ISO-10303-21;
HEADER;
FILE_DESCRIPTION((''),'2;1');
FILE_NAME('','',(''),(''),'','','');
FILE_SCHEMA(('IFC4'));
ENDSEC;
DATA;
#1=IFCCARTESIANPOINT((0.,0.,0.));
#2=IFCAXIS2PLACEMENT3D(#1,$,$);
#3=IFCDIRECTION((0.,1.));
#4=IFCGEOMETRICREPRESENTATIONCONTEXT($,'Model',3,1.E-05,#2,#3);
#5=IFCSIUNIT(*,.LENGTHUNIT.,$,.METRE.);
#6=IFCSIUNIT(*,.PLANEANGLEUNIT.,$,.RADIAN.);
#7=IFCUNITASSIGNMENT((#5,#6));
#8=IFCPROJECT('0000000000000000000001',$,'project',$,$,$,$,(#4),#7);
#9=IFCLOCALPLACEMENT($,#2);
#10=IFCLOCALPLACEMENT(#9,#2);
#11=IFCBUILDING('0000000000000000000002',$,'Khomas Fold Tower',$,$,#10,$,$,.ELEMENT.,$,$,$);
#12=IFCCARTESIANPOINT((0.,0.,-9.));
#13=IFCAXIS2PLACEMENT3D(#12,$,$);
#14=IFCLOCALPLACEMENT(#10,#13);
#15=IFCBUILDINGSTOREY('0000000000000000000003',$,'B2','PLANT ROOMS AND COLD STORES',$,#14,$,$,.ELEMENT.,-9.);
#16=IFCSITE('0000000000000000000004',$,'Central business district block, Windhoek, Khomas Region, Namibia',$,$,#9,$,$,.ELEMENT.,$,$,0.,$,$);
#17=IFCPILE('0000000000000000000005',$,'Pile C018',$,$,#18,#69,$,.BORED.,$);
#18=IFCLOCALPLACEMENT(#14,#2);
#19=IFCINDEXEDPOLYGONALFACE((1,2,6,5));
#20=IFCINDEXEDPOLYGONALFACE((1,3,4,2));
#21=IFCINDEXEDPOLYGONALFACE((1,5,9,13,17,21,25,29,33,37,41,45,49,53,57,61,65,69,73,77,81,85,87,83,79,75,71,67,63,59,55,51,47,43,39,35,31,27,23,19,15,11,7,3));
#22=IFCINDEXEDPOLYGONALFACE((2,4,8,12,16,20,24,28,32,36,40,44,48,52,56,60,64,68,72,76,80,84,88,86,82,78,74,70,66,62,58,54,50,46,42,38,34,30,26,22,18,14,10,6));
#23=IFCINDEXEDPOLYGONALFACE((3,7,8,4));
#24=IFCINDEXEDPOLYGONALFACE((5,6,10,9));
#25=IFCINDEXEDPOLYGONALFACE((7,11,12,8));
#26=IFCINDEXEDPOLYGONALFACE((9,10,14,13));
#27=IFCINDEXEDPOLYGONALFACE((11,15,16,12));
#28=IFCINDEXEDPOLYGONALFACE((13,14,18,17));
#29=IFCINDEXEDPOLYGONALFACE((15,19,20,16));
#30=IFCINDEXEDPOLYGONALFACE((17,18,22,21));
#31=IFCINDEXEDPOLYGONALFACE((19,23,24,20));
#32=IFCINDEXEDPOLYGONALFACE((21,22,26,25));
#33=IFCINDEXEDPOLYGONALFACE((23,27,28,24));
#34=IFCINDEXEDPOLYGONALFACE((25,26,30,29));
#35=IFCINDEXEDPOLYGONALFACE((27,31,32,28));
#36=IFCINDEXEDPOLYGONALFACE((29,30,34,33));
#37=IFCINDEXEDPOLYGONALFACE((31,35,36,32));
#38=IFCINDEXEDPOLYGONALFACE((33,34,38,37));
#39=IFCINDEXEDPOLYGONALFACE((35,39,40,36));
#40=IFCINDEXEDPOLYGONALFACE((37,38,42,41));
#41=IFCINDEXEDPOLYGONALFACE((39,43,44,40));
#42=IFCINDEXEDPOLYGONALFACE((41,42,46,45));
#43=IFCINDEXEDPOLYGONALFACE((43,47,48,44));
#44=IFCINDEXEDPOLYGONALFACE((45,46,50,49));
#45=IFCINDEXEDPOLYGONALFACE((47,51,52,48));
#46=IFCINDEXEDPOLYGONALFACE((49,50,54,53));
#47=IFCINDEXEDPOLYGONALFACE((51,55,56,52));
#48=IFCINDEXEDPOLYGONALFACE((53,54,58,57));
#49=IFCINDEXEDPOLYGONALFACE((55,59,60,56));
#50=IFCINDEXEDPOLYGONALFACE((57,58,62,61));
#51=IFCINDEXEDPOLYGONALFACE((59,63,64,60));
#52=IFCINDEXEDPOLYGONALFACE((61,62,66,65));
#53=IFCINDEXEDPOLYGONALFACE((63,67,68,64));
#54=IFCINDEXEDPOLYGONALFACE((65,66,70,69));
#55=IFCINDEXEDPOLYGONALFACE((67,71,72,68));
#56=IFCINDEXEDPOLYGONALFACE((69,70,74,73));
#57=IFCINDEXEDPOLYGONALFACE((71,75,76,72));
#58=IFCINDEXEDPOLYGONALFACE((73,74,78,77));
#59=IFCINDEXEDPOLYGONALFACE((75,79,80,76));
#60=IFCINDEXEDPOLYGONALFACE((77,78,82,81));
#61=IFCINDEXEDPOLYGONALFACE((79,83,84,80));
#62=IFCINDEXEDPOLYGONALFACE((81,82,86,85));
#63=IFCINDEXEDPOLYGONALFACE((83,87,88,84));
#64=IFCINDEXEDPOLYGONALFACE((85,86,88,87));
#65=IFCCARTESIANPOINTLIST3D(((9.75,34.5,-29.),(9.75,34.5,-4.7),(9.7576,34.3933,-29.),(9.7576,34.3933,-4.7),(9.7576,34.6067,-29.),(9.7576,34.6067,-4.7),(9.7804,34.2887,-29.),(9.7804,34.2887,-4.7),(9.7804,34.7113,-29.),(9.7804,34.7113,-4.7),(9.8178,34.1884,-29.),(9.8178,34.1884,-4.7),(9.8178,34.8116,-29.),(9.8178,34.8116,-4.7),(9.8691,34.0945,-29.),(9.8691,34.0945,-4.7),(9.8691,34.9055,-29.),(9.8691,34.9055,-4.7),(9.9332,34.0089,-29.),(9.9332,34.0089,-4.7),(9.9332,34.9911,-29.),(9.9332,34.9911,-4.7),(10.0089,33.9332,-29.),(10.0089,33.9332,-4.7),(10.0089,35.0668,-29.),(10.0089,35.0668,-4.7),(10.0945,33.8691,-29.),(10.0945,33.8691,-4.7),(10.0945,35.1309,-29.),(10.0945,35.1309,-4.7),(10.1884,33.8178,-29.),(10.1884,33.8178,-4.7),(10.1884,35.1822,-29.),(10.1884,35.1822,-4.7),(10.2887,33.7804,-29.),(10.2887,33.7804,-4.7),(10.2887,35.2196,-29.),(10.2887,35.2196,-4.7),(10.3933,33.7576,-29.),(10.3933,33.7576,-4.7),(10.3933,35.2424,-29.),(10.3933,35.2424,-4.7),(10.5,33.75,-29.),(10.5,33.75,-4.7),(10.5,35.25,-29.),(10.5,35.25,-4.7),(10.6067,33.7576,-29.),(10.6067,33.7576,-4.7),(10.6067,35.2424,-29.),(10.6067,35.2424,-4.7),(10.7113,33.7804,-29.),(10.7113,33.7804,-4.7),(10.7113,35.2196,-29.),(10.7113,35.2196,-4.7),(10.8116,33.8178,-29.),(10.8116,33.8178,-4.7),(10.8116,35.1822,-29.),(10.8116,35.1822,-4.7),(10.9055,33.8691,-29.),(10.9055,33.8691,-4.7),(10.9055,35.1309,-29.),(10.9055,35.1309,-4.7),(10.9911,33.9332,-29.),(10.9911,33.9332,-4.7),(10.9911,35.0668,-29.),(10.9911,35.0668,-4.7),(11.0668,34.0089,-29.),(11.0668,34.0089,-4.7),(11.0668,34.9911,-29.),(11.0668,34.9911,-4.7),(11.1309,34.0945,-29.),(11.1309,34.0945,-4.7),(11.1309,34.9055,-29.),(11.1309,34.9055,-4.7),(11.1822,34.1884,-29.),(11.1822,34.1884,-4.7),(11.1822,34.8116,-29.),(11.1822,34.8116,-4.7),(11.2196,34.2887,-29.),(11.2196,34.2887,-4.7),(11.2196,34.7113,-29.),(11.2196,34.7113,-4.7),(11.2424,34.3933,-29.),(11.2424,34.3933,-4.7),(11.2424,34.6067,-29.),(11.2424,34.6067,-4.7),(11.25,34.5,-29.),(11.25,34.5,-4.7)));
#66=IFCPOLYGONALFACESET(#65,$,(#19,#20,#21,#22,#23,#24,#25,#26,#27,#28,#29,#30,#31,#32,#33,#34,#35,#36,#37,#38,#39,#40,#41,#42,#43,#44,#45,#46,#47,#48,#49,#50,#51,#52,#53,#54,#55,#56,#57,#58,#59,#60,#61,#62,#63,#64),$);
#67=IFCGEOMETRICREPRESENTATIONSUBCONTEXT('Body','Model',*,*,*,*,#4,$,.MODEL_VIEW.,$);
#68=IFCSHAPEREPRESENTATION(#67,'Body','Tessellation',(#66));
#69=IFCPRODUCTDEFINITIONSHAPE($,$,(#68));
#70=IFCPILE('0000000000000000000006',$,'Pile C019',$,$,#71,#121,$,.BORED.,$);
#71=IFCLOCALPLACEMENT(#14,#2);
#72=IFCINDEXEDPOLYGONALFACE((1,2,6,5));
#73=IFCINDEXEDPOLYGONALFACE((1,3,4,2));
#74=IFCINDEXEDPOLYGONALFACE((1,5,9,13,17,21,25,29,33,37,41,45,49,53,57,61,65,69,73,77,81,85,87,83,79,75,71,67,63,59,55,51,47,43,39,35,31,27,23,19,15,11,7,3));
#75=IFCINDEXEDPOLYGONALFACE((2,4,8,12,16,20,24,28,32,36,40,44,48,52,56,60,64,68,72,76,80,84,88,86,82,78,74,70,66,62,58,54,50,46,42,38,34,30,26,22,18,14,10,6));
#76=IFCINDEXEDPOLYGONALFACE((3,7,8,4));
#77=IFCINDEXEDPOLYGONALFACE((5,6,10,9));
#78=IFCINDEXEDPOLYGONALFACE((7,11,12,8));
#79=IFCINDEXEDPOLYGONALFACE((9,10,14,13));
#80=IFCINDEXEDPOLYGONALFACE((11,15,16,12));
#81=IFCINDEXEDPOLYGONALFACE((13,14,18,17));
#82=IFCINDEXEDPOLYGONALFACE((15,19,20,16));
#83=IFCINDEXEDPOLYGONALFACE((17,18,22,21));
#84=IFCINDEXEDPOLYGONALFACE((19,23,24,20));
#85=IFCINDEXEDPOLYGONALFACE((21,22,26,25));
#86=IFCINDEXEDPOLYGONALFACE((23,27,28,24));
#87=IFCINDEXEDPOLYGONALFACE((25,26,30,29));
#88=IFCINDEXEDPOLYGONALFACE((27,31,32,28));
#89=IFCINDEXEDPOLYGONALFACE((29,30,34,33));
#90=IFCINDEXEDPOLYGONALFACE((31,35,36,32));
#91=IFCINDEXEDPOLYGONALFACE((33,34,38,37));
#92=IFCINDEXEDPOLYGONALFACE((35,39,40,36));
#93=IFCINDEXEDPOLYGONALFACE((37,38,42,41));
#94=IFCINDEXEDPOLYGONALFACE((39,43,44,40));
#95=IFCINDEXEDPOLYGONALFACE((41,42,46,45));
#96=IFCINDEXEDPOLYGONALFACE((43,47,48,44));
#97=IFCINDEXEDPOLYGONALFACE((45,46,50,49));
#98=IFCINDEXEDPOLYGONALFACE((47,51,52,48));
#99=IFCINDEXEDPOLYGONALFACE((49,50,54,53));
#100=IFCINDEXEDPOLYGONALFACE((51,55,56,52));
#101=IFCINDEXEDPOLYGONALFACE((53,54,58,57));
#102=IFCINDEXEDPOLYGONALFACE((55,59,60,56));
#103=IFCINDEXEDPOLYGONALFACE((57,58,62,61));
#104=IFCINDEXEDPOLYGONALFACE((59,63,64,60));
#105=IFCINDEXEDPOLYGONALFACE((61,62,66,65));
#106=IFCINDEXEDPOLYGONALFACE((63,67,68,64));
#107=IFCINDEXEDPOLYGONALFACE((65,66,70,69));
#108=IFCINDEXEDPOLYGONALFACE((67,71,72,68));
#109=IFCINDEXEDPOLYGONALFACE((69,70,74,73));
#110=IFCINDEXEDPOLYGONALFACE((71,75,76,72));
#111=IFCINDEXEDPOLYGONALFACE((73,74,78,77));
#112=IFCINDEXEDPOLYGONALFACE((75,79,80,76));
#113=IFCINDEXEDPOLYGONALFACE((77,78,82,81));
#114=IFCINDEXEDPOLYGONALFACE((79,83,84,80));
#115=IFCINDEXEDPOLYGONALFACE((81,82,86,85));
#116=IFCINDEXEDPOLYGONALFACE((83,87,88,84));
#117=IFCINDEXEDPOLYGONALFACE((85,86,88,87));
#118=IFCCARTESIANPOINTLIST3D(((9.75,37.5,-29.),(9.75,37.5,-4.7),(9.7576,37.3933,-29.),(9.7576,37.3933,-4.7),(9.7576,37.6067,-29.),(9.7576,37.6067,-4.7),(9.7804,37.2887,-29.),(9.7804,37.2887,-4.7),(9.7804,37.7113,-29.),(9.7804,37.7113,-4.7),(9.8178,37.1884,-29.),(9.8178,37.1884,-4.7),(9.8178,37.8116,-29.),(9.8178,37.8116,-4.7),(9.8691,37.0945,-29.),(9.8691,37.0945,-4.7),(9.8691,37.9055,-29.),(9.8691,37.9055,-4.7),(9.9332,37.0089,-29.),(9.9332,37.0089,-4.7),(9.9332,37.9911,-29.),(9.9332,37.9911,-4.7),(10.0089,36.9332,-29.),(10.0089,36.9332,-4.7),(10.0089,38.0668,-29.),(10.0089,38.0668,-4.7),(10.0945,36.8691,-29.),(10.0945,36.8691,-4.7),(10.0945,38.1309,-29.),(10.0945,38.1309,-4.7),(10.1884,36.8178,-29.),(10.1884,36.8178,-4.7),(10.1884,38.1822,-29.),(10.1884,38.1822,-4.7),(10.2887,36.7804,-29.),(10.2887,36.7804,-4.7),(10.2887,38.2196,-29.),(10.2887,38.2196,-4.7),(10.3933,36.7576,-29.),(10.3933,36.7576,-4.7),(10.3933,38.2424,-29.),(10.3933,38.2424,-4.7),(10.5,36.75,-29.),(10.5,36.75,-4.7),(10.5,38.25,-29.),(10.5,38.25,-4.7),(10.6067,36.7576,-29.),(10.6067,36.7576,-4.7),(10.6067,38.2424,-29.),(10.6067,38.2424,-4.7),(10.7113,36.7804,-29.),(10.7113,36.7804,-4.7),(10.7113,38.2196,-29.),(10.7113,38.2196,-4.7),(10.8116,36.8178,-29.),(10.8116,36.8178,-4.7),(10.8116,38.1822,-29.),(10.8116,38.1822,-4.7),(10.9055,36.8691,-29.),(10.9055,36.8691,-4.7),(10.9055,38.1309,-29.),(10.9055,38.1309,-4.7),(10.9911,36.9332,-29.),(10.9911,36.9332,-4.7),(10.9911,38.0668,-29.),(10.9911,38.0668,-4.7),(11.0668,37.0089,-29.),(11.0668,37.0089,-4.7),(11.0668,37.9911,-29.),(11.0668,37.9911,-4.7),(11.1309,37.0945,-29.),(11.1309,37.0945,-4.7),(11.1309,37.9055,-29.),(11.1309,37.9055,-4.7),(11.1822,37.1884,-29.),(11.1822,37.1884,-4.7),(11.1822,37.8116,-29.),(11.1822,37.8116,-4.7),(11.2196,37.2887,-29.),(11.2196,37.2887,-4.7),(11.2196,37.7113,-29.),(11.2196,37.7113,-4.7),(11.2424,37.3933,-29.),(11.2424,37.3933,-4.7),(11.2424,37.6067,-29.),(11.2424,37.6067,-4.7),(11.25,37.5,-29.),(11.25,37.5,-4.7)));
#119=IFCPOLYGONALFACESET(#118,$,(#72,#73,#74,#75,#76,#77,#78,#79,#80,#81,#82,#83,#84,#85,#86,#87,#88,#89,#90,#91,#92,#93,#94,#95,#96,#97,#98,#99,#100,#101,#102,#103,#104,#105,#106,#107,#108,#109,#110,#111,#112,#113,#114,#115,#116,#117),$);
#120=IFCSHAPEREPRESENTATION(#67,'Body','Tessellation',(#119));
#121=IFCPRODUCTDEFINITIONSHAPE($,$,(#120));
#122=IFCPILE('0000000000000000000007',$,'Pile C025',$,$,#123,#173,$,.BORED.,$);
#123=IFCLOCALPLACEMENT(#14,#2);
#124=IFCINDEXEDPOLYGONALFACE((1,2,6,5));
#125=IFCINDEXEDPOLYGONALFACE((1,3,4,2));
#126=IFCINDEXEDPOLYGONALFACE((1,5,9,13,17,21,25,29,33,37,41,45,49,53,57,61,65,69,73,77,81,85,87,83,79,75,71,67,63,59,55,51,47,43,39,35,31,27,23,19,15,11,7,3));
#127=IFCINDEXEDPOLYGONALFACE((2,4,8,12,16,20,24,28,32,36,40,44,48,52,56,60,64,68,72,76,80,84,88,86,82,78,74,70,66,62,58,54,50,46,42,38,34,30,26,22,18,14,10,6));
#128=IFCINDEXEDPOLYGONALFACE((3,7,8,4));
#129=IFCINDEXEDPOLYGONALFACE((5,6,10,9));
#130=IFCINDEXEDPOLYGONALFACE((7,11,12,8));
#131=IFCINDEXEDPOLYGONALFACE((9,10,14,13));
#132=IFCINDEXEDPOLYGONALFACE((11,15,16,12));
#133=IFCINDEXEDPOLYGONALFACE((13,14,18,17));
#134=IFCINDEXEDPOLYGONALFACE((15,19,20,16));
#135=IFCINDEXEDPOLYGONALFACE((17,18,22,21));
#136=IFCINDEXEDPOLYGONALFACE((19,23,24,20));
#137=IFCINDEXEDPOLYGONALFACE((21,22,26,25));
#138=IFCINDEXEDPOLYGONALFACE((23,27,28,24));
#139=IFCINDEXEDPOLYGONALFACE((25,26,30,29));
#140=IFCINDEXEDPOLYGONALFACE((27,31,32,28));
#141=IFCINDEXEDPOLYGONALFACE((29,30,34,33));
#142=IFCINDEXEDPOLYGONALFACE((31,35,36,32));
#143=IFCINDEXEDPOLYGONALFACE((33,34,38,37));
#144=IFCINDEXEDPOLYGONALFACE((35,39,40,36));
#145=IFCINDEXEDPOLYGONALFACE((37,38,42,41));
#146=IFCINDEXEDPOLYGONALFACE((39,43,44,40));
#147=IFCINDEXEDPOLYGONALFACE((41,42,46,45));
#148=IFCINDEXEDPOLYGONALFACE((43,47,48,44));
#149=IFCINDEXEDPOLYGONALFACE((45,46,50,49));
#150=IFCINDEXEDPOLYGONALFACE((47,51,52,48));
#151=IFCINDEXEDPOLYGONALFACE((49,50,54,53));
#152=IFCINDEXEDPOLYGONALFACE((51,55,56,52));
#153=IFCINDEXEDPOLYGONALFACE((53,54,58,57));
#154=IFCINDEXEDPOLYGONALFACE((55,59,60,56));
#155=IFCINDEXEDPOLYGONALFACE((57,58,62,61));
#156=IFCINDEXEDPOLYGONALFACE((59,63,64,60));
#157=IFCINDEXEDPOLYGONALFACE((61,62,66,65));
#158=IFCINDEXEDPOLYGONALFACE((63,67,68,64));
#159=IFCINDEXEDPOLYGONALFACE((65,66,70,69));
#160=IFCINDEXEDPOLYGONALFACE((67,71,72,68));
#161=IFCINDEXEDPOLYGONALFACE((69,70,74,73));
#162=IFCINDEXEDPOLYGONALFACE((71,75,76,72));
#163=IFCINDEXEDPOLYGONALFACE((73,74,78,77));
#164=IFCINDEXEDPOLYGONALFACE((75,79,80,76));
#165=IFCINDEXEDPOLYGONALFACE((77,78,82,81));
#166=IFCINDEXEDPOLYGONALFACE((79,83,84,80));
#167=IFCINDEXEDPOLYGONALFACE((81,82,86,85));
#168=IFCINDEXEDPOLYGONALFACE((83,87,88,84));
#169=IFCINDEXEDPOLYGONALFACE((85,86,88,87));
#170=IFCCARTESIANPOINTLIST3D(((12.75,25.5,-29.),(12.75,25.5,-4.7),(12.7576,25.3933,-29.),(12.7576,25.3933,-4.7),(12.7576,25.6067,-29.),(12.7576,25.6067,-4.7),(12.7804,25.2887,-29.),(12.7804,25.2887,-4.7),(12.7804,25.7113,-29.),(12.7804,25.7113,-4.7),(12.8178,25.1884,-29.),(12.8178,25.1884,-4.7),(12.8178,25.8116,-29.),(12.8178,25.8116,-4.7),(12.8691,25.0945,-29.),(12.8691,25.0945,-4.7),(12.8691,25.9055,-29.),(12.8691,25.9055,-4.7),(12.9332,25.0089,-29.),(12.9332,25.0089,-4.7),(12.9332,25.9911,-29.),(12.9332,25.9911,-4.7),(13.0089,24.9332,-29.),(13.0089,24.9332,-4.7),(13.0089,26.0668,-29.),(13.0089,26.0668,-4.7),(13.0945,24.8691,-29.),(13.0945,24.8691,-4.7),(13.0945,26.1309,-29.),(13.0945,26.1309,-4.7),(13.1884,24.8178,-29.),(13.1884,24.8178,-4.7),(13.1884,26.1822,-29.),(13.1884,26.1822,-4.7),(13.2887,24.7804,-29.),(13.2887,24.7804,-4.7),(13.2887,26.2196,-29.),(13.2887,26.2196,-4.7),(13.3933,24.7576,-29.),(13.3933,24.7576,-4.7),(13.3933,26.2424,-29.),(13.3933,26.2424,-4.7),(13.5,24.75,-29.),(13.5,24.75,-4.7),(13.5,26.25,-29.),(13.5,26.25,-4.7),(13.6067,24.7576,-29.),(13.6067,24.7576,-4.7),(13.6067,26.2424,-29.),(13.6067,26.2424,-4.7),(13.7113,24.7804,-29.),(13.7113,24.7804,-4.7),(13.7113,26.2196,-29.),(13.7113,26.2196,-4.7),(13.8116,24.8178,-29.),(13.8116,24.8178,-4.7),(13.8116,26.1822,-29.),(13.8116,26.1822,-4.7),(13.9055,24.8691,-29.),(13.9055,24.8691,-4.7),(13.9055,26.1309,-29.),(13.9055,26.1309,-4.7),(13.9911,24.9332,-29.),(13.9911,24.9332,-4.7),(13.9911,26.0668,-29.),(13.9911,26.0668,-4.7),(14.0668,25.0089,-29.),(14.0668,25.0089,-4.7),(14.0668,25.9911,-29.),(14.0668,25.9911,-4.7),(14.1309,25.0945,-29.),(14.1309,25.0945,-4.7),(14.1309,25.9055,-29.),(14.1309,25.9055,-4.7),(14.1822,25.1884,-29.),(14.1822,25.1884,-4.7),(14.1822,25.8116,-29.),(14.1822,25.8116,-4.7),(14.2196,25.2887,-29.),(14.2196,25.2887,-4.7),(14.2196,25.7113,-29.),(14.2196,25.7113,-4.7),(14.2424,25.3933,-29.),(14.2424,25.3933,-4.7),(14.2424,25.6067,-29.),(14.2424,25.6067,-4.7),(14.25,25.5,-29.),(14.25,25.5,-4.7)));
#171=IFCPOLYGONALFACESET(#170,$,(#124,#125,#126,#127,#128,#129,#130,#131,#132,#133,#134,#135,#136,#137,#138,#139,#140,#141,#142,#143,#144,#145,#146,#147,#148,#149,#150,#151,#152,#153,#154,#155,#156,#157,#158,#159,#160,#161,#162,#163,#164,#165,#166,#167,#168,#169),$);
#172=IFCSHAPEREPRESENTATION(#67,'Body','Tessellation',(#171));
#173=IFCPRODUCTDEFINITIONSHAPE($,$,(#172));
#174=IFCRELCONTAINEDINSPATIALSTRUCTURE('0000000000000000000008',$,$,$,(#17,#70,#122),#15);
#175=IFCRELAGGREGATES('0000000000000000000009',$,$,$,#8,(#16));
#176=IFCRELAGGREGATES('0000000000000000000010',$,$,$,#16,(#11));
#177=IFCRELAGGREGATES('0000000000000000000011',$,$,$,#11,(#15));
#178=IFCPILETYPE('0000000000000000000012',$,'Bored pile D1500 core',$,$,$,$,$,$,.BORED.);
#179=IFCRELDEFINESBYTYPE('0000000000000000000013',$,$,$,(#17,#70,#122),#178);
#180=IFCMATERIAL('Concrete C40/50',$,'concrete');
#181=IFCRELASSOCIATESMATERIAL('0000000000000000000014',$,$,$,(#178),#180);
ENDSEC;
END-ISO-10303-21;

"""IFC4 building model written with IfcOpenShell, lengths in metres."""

from ifc_helpers import new_model, si_unit, direction, frame, origin, origin_2d, place, context, subcontext, project, spatial, circle, extrude, source, transform, mapped, material, material_profile, profile_set, type_object, element, save


model = new_model("IFC4")

# Units and contexts
model_context = context("Model", 3, precision=1e-05, world=origin(), true_north=direction((0.0, 1.0)))
body_context = subcontext(model_context, "Body", "Model", "MODEL_VIEW")
ifc_project = project(units=[si_unit("LENGTHUNIT", "METRE"), si_unit("PLANEANGLEUNIT", "RADIAN")], contexts=[model_context])

# Site, building, storey
site_placement = place(None, origin())
site = spatial("IfcSite", under=ifc_project, at=site_placement, Name="Central business district block, Windhoek, Khomas Region, Namibia", CompositionType="ELEMENT", RefElevation=0.0)
building_placement = place(site_placement, origin())
building = spatial("IfcBuilding", under=site, at=building_placement, Name="Khomas Fold Tower", CompositionType="ELEMENT")
storey_placement = place(building_placement, frame((0.0, 0.0, -9.0)))
storey = spatial("IfcBuildingStorey", under=building, at=storey_placement, Name="B2", Description="PLANT ROOMS AND COLD STORES", CompositionType="ELEMENT", Elevation=-9.0)

# Piles
ifc_material_1 = material(Name="Concrete C40/50", Category="concrete")
ifc_material_profile = material_profile(ifc_material_1, circle(Radius=0.75, at=origin_2d()), Name="PILE D1500")
ifc_profile_set = profile_set([ifc_material_profile], Name="Concrete C40/50")
pile_type = type_object("IfcPileType", Name="Bored pile D1500 core", PredefinedType="BORED", material=ifc_profile_set)
shared_shape_1 = source(origin(), body_context, "Body", "SweptSolid", [
    extrude(circle(Radius=0.75, at=origin_2d()), origin(), (0.0, 0.0, 1.0), 24.3),
])
for number, where, z_axis, x_axis, name in (
    (1, (10.5, 34.5, -4.7), (0.0, 0.0, -1.0), (1.0, 0.0, 0.0), "Pile C018"),
    (2, (10.5, 37.5, -4.7), (0.0, 0.0, -1.0), (1.0, 0.0, 0.0), "Pile C019"),
    (3, (13.5, 25.5, -4.7), (0.0, 0.0, -1.0), (1.0, 0.0, 0.0), "Pile C025"),
):
    element("IfcPile", number, at=place(storey_placement, frame(where, z_axis=z_axis, x_axis=x_axis)), inside=storey, type_object=pile_type, Name=name, PredefinedType="BORED", context=body_context, shape_type="MappedRepresentation", body=[
        mapped(shared_shape_1, transform((0.0, 0.0, 0.0))),
    ])

save(model, "model.ifc")
